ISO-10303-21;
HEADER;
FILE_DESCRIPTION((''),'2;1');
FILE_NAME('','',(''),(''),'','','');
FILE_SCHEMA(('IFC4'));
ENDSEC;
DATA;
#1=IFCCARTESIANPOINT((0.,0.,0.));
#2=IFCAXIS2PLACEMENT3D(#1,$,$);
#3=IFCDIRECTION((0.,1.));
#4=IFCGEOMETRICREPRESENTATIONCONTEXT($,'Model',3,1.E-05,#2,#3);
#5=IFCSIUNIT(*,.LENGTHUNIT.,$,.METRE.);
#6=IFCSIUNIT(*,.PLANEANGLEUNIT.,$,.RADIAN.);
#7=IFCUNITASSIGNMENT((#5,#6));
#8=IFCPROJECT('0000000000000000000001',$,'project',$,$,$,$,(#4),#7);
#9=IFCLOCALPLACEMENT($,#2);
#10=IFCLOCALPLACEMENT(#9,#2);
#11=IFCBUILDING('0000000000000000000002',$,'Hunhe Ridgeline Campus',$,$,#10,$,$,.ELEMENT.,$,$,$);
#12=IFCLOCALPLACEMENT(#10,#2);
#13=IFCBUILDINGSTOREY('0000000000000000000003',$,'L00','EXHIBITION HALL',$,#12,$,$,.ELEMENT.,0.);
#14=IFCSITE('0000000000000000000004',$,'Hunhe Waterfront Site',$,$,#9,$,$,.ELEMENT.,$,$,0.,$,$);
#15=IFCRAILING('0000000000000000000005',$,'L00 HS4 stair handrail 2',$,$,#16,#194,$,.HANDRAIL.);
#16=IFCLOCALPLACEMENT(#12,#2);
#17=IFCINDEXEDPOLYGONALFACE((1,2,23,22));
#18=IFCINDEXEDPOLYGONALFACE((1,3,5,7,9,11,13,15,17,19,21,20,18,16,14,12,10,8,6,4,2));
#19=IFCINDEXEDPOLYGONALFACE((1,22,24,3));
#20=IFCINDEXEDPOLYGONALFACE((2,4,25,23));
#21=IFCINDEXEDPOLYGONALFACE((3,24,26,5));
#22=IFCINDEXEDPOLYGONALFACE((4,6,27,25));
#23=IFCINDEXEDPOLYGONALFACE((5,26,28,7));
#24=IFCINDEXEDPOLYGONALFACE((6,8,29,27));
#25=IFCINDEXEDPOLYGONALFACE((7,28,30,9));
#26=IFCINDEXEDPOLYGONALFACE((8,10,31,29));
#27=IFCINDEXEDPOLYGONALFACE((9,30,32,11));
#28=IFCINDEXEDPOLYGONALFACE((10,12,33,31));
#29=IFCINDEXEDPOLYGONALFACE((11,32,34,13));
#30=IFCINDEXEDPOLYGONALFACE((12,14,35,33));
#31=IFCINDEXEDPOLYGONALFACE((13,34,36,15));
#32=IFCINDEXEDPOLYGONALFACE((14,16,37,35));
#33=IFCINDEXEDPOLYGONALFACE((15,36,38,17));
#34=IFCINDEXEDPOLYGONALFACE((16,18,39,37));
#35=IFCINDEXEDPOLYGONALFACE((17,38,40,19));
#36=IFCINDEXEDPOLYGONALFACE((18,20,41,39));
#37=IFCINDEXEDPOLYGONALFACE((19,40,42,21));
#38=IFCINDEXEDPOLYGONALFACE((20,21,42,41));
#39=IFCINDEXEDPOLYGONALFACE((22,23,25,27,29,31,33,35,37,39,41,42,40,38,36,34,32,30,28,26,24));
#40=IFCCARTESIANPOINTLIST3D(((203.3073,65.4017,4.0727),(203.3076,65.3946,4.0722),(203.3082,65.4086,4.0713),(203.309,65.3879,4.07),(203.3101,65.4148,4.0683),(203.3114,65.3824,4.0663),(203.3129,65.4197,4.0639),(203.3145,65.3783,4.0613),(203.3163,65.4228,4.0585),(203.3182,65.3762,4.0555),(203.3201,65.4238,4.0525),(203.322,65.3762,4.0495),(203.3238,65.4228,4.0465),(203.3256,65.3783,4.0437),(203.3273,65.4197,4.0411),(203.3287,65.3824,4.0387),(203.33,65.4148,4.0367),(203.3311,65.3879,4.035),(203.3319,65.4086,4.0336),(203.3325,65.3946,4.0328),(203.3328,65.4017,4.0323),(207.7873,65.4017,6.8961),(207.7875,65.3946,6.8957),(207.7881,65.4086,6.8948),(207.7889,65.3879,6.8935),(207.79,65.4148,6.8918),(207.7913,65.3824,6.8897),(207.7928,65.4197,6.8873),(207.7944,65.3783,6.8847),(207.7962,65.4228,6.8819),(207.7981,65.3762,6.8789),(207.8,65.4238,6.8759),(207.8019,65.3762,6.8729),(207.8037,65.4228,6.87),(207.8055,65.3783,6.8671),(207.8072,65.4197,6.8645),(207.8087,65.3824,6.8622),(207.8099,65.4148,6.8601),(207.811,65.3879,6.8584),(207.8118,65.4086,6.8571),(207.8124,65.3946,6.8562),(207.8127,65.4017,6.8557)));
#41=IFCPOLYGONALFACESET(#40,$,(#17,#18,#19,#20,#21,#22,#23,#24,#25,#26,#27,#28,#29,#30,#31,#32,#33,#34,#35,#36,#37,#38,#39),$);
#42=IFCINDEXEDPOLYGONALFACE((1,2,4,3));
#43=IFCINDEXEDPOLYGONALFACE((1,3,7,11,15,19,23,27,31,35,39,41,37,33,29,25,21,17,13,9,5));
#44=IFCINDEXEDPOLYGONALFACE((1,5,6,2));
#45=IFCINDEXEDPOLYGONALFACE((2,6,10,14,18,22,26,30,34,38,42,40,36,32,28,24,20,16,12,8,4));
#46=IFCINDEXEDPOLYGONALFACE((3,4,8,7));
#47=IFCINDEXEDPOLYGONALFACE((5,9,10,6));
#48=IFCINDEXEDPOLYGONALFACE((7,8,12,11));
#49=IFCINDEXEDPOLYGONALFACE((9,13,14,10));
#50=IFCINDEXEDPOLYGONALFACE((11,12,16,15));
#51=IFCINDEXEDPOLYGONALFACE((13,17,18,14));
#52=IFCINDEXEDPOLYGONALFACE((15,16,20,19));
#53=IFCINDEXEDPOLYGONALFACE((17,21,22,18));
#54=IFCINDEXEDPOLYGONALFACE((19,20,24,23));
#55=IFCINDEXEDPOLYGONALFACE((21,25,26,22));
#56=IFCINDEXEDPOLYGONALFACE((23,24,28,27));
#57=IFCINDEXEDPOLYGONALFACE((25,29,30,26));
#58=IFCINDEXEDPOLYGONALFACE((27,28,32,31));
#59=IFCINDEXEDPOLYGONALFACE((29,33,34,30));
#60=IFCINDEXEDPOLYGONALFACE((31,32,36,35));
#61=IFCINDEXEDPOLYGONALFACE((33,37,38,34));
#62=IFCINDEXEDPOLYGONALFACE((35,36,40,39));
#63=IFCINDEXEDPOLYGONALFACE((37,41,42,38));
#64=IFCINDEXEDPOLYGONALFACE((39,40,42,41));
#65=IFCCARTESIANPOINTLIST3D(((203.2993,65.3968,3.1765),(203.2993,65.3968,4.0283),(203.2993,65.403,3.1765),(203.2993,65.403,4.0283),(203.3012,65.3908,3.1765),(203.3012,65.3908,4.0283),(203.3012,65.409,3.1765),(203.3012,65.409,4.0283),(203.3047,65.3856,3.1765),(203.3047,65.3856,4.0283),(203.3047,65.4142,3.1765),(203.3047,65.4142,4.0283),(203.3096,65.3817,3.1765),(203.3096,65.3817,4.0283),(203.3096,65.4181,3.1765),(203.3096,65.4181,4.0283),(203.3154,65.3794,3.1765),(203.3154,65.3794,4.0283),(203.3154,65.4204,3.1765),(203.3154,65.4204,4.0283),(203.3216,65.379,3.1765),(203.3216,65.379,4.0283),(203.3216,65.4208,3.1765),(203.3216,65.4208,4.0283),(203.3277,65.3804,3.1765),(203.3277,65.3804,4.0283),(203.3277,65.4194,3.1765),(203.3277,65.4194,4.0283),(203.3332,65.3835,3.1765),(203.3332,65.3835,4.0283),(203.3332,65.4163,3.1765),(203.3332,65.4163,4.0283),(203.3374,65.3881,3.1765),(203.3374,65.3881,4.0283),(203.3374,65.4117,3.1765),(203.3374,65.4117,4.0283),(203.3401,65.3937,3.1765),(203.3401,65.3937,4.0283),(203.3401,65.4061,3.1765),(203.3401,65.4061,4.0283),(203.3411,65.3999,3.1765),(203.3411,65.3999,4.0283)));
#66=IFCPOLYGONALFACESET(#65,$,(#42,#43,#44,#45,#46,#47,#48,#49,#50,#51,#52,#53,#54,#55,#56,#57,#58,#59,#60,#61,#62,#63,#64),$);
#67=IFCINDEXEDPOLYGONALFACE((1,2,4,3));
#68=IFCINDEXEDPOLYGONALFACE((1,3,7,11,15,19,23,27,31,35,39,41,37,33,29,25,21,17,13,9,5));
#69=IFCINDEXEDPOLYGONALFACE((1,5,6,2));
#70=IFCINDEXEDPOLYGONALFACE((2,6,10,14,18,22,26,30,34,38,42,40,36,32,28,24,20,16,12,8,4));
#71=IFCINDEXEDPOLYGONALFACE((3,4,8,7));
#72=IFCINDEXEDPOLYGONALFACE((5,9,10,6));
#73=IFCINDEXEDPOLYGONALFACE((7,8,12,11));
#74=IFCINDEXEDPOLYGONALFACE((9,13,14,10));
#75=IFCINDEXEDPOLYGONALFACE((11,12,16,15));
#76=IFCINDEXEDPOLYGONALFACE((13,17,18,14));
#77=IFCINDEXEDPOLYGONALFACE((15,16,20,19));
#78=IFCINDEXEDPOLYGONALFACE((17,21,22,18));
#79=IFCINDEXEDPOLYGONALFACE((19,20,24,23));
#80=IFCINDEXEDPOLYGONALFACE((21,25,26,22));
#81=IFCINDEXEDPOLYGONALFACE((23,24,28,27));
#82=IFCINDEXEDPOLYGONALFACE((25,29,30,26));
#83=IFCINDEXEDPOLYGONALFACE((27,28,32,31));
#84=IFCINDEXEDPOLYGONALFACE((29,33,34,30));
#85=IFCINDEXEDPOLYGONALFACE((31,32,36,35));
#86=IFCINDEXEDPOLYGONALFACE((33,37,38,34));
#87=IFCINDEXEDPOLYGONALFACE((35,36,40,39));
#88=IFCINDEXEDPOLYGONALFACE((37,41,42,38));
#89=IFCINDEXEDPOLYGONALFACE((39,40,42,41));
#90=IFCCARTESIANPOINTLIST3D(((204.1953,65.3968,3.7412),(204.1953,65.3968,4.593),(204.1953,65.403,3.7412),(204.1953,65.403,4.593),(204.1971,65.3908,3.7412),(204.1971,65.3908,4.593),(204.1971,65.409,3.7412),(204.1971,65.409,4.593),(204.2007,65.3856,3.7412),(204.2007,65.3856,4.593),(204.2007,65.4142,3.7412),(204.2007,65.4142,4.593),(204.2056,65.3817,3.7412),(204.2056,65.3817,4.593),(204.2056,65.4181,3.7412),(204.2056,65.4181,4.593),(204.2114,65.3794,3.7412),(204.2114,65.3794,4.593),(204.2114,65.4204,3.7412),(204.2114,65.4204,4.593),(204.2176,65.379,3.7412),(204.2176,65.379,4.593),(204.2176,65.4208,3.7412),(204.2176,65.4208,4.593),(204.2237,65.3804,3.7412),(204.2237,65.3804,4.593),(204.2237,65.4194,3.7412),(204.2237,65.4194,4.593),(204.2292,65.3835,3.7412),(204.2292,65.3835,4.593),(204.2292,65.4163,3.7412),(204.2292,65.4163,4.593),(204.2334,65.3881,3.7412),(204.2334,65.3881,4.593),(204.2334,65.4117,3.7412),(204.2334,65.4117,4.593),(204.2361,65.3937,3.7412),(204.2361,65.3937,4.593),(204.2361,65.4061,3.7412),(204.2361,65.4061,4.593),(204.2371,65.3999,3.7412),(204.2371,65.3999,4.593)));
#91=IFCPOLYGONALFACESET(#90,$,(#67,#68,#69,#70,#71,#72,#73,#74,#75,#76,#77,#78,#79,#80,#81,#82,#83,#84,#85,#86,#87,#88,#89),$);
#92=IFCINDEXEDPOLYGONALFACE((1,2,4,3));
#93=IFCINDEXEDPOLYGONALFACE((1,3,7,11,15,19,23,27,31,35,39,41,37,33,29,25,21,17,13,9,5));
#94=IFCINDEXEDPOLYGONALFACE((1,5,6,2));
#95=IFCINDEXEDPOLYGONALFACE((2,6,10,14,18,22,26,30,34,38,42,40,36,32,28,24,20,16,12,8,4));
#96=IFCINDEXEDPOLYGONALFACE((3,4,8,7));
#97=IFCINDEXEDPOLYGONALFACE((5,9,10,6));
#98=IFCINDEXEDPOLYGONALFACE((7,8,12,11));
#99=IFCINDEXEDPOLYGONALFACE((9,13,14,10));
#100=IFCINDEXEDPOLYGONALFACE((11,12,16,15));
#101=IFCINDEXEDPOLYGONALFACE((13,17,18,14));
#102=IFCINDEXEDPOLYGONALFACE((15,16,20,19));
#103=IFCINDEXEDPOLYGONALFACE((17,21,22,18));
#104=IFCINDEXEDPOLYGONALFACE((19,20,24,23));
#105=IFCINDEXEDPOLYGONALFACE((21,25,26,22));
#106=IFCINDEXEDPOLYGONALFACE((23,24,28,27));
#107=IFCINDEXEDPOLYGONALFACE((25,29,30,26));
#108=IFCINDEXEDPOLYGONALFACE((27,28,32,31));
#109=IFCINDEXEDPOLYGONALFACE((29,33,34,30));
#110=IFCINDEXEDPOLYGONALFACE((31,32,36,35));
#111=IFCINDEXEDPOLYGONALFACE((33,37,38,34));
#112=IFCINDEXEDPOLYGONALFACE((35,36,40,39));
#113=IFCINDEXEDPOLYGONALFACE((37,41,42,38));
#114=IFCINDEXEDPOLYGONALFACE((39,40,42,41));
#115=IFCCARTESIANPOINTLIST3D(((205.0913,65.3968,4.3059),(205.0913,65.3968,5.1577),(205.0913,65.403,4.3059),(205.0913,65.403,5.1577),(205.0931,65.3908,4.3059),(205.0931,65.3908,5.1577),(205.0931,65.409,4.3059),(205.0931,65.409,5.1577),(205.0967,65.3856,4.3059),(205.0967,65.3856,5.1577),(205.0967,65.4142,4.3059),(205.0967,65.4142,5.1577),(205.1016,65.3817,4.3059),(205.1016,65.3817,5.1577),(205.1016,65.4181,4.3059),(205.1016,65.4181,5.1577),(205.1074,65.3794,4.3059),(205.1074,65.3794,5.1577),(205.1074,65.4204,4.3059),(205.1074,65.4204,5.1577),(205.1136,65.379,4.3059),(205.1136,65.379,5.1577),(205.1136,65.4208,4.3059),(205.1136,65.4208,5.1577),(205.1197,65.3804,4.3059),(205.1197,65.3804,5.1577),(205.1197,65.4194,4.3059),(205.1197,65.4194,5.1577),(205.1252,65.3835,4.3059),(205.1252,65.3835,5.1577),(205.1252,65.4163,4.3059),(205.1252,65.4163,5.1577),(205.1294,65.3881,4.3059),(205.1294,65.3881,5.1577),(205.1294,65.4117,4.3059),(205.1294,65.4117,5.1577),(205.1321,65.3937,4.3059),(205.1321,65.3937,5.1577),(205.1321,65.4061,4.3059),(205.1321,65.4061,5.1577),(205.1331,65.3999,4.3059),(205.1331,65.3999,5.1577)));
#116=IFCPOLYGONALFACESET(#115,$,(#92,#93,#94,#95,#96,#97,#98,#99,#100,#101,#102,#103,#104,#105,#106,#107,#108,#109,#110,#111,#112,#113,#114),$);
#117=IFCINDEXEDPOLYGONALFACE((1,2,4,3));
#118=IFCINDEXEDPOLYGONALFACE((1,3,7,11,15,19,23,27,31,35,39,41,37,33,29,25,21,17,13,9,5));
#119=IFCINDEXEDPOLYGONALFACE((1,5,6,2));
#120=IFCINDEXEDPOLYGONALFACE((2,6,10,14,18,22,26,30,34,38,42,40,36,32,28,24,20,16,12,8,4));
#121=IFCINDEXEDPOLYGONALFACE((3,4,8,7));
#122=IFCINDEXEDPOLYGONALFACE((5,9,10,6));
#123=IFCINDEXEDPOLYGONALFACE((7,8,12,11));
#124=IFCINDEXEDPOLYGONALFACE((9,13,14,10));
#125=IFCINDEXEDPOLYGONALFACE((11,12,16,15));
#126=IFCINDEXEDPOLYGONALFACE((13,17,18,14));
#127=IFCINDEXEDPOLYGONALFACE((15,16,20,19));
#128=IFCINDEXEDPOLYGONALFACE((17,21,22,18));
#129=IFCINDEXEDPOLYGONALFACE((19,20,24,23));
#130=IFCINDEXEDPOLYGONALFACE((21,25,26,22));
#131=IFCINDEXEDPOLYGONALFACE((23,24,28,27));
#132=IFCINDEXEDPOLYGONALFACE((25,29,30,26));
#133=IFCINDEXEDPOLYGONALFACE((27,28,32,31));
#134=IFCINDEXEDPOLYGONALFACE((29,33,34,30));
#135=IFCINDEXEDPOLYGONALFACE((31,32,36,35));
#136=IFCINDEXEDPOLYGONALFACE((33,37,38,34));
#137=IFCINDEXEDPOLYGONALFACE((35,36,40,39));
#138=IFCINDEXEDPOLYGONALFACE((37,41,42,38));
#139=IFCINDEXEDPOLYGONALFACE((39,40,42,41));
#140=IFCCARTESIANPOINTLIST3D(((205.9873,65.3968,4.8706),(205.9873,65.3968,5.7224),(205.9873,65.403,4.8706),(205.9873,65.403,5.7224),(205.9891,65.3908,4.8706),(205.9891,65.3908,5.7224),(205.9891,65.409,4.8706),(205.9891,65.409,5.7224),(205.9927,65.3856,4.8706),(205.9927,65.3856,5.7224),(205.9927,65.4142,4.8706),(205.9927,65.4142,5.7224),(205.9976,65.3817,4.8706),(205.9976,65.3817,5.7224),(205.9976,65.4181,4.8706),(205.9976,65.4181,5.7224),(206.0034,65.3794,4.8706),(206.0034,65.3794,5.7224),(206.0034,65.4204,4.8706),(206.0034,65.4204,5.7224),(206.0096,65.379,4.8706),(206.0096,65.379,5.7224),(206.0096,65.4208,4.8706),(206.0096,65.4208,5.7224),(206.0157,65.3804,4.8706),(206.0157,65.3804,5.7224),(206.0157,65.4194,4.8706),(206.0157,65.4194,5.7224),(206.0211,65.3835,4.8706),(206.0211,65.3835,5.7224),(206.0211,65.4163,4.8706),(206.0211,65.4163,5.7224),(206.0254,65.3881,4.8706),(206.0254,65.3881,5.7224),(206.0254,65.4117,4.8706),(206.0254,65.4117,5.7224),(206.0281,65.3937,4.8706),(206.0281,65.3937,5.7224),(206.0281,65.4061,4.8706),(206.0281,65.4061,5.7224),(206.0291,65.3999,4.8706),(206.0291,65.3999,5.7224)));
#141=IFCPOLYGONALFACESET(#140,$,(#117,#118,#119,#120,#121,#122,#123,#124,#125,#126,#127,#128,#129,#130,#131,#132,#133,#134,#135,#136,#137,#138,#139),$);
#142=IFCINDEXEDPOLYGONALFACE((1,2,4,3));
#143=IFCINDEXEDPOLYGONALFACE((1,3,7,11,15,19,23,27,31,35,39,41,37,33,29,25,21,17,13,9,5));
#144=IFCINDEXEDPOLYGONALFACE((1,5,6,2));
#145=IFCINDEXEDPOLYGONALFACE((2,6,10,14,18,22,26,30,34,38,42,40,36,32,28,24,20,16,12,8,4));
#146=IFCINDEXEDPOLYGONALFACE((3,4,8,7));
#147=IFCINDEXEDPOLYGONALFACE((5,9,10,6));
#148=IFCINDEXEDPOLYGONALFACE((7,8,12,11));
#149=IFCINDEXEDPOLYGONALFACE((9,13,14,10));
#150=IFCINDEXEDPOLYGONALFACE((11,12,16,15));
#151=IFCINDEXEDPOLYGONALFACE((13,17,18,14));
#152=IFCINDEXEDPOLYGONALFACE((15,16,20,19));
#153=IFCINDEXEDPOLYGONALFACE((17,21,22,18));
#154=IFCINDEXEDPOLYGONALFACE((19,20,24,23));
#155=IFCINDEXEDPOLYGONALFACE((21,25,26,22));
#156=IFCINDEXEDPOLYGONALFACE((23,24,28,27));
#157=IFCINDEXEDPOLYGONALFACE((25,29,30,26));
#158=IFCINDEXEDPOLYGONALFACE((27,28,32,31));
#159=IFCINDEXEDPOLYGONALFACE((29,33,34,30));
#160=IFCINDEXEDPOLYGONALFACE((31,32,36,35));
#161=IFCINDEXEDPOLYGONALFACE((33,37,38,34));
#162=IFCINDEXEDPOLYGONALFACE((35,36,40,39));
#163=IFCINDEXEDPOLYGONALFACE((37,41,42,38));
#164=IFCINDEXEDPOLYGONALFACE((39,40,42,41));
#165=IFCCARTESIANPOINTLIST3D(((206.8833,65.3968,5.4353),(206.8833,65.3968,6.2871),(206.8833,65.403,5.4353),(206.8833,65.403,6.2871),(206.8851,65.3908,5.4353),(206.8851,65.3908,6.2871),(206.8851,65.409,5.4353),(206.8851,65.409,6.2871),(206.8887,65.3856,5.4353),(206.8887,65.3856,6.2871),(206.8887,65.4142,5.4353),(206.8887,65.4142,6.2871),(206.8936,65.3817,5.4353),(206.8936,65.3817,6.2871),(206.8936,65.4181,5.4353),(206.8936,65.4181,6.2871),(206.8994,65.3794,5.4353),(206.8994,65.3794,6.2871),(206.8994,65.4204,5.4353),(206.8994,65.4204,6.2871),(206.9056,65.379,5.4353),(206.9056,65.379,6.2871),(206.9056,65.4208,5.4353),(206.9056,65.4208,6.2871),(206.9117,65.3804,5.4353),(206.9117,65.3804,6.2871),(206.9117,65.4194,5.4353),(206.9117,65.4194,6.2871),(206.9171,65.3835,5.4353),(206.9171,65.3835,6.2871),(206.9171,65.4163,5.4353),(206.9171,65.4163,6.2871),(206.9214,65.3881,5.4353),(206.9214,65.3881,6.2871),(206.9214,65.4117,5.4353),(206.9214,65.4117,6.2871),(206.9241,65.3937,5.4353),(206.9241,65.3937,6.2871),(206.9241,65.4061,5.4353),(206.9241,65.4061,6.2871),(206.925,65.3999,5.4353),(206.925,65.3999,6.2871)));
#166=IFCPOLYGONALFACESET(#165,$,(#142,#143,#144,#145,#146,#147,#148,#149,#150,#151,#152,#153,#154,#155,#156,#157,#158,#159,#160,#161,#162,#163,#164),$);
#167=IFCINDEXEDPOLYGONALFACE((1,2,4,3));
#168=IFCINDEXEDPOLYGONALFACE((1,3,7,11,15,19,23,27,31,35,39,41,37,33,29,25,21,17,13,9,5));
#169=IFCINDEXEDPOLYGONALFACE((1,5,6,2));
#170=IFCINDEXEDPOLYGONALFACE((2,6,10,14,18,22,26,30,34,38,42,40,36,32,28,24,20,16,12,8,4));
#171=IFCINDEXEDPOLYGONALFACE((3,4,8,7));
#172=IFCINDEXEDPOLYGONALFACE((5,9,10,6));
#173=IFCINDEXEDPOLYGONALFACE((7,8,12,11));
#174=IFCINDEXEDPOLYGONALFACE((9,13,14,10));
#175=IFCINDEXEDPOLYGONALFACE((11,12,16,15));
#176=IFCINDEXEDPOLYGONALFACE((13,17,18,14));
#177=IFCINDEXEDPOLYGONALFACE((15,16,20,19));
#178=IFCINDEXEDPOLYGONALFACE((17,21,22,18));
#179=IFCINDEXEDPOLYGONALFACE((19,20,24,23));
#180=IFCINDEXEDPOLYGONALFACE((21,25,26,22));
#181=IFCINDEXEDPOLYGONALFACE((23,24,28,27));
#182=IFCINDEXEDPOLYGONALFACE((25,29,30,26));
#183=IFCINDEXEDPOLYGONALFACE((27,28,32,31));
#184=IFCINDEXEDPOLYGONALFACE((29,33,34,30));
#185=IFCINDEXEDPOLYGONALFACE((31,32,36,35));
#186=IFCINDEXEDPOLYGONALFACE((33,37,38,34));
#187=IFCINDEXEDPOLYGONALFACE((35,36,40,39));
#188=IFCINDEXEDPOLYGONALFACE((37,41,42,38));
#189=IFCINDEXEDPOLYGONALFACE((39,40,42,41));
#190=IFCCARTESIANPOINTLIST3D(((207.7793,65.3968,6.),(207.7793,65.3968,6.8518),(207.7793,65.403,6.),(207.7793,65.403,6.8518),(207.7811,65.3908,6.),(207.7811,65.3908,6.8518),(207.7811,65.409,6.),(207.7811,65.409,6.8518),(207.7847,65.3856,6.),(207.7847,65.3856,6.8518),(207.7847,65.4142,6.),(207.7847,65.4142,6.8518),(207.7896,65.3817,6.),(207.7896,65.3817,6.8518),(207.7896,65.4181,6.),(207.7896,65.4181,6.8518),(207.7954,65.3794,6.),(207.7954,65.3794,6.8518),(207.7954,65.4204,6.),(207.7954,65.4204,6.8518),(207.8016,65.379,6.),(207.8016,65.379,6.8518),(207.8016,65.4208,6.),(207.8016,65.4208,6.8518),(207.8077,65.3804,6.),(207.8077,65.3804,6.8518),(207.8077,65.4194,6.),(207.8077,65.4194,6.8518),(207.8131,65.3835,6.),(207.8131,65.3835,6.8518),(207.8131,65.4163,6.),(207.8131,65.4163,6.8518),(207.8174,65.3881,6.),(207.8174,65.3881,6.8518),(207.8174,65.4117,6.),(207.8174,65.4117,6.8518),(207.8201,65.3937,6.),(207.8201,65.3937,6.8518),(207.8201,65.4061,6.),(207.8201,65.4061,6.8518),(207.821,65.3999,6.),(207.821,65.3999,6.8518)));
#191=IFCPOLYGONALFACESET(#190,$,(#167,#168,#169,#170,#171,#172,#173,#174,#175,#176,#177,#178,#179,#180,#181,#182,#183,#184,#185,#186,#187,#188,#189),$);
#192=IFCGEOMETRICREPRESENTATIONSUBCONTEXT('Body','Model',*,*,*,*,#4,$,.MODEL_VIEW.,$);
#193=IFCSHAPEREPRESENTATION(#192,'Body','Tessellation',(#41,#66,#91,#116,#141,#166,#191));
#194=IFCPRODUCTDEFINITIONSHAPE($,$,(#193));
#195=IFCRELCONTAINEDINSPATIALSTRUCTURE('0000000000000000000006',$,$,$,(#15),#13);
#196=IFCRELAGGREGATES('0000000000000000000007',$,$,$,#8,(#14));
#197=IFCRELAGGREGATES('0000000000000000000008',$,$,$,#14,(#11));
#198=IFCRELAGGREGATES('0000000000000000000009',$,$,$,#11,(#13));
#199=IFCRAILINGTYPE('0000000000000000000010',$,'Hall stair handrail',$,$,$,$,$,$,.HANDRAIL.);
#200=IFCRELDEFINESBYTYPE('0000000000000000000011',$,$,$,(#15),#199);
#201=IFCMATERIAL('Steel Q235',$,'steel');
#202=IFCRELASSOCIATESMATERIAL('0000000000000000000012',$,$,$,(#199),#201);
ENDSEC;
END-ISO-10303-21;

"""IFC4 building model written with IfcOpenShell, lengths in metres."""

from ifc_helpers import new_model, si_unit, direction, frame, origin, origin_2d, place, context, subcontext, project, spatial, circle, extrude, material, type_object, element, save


model = new_model("IFC4")

# Units and contexts
model_context = context("Model", 3, precision=1e-05, world=origin(), true_north=direction((0.0, 1.0)))
body_context = subcontext(model_context, "Body", "Model", "MODEL_VIEW")
ifc_project = project(units=[si_unit("LENGTHUNIT", "METRE"), si_unit("PLANEANGLEUNIT", "RADIAN")], contexts=[model_context])

# Site, building, storey
site_placement = place(None, origin())
site = spatial("IfcSite", under=ifc_project, at=site_placement, Name="Hunhe Waterfront Site", CompositionType="ELEMENT", RefElevation=0.0)
building_placement = place(site_placement, origin())
building = spatial("IfcBuilding", under=site, at=building_placement, Name="Hunhe Ridgeline Campus", CompositionType="ELEMENT")
storey_placement = place(building_placement, origin())
storey = spatial("IfcBuildingStorey", under=building, at=storey_placement, Name="L00", Description="EXHIBITION HALL", CompositionType="ELEMENT", Elevation=0.0)

# Shared definitions
ifc_material_1 = material(Name="Steel Q235", Category="steel")

# Railing
railing_type_1 = type_object("IfcRailingType", Name="Hall stair handrail", PredefinedType="HANDRAIL", material=ifc_material_1)
railing_1_placement = place(storey_placement, frame((203.3201, 65.3999, 3.1765)))
element("IfcRailing", 1, at=railing_1_placement, inside=storey, type_object=railing_type_1, Name="L00 HS4 stair handrail 2", PredefinedType="HANDRAIL", context=body_context, shape_type="SweptSolid", body=[
    extrude(circle(Radius=0.0239, at=origin_2d()), frame((0.0, 0.0, 0.876), z_axis=(0.845998, 0.0, 0.533186), x_axis=(0.0, 1.0, 0.0)), (0.0, 0.0, 1.0), 5.2954),
    extrude(circle(Radius=0.021, at=origin_2d()), origin(), (0.0, 0.0, 1.0), 0.8518),
    extrude(circle(Radius=0.021, at=origin_2d()), frame((0.896, 0.0, 0.5647)), (0.0, 0.0, 1.0), 0.8518),
    extrude(circle(Radius=0.021, at=origin_2d()), frame((1.792, 0.0, 1.1294)), (0.0, 0.0, 1.0), 0.8518),
    extrude(circle(Radius=0.021, at=origin_2d()), frame((2.688, 0.0, 1.6941)), (0.0, 0.0, 1.0), 0.8518),
    extrude(circle(Radius=0.021, at=origin_2d()), frame((3.584, 0.0, 2.2588)), (0.0, 0.0, 1.0), 0.8518),
    extrude(circle(Radius=0.021, at=origin_2d()), frame((4.48, 0.0, 2.8235)), (0.0, 0.0, 1.0), 0.8518),
])

save(model, "model.ifc")
